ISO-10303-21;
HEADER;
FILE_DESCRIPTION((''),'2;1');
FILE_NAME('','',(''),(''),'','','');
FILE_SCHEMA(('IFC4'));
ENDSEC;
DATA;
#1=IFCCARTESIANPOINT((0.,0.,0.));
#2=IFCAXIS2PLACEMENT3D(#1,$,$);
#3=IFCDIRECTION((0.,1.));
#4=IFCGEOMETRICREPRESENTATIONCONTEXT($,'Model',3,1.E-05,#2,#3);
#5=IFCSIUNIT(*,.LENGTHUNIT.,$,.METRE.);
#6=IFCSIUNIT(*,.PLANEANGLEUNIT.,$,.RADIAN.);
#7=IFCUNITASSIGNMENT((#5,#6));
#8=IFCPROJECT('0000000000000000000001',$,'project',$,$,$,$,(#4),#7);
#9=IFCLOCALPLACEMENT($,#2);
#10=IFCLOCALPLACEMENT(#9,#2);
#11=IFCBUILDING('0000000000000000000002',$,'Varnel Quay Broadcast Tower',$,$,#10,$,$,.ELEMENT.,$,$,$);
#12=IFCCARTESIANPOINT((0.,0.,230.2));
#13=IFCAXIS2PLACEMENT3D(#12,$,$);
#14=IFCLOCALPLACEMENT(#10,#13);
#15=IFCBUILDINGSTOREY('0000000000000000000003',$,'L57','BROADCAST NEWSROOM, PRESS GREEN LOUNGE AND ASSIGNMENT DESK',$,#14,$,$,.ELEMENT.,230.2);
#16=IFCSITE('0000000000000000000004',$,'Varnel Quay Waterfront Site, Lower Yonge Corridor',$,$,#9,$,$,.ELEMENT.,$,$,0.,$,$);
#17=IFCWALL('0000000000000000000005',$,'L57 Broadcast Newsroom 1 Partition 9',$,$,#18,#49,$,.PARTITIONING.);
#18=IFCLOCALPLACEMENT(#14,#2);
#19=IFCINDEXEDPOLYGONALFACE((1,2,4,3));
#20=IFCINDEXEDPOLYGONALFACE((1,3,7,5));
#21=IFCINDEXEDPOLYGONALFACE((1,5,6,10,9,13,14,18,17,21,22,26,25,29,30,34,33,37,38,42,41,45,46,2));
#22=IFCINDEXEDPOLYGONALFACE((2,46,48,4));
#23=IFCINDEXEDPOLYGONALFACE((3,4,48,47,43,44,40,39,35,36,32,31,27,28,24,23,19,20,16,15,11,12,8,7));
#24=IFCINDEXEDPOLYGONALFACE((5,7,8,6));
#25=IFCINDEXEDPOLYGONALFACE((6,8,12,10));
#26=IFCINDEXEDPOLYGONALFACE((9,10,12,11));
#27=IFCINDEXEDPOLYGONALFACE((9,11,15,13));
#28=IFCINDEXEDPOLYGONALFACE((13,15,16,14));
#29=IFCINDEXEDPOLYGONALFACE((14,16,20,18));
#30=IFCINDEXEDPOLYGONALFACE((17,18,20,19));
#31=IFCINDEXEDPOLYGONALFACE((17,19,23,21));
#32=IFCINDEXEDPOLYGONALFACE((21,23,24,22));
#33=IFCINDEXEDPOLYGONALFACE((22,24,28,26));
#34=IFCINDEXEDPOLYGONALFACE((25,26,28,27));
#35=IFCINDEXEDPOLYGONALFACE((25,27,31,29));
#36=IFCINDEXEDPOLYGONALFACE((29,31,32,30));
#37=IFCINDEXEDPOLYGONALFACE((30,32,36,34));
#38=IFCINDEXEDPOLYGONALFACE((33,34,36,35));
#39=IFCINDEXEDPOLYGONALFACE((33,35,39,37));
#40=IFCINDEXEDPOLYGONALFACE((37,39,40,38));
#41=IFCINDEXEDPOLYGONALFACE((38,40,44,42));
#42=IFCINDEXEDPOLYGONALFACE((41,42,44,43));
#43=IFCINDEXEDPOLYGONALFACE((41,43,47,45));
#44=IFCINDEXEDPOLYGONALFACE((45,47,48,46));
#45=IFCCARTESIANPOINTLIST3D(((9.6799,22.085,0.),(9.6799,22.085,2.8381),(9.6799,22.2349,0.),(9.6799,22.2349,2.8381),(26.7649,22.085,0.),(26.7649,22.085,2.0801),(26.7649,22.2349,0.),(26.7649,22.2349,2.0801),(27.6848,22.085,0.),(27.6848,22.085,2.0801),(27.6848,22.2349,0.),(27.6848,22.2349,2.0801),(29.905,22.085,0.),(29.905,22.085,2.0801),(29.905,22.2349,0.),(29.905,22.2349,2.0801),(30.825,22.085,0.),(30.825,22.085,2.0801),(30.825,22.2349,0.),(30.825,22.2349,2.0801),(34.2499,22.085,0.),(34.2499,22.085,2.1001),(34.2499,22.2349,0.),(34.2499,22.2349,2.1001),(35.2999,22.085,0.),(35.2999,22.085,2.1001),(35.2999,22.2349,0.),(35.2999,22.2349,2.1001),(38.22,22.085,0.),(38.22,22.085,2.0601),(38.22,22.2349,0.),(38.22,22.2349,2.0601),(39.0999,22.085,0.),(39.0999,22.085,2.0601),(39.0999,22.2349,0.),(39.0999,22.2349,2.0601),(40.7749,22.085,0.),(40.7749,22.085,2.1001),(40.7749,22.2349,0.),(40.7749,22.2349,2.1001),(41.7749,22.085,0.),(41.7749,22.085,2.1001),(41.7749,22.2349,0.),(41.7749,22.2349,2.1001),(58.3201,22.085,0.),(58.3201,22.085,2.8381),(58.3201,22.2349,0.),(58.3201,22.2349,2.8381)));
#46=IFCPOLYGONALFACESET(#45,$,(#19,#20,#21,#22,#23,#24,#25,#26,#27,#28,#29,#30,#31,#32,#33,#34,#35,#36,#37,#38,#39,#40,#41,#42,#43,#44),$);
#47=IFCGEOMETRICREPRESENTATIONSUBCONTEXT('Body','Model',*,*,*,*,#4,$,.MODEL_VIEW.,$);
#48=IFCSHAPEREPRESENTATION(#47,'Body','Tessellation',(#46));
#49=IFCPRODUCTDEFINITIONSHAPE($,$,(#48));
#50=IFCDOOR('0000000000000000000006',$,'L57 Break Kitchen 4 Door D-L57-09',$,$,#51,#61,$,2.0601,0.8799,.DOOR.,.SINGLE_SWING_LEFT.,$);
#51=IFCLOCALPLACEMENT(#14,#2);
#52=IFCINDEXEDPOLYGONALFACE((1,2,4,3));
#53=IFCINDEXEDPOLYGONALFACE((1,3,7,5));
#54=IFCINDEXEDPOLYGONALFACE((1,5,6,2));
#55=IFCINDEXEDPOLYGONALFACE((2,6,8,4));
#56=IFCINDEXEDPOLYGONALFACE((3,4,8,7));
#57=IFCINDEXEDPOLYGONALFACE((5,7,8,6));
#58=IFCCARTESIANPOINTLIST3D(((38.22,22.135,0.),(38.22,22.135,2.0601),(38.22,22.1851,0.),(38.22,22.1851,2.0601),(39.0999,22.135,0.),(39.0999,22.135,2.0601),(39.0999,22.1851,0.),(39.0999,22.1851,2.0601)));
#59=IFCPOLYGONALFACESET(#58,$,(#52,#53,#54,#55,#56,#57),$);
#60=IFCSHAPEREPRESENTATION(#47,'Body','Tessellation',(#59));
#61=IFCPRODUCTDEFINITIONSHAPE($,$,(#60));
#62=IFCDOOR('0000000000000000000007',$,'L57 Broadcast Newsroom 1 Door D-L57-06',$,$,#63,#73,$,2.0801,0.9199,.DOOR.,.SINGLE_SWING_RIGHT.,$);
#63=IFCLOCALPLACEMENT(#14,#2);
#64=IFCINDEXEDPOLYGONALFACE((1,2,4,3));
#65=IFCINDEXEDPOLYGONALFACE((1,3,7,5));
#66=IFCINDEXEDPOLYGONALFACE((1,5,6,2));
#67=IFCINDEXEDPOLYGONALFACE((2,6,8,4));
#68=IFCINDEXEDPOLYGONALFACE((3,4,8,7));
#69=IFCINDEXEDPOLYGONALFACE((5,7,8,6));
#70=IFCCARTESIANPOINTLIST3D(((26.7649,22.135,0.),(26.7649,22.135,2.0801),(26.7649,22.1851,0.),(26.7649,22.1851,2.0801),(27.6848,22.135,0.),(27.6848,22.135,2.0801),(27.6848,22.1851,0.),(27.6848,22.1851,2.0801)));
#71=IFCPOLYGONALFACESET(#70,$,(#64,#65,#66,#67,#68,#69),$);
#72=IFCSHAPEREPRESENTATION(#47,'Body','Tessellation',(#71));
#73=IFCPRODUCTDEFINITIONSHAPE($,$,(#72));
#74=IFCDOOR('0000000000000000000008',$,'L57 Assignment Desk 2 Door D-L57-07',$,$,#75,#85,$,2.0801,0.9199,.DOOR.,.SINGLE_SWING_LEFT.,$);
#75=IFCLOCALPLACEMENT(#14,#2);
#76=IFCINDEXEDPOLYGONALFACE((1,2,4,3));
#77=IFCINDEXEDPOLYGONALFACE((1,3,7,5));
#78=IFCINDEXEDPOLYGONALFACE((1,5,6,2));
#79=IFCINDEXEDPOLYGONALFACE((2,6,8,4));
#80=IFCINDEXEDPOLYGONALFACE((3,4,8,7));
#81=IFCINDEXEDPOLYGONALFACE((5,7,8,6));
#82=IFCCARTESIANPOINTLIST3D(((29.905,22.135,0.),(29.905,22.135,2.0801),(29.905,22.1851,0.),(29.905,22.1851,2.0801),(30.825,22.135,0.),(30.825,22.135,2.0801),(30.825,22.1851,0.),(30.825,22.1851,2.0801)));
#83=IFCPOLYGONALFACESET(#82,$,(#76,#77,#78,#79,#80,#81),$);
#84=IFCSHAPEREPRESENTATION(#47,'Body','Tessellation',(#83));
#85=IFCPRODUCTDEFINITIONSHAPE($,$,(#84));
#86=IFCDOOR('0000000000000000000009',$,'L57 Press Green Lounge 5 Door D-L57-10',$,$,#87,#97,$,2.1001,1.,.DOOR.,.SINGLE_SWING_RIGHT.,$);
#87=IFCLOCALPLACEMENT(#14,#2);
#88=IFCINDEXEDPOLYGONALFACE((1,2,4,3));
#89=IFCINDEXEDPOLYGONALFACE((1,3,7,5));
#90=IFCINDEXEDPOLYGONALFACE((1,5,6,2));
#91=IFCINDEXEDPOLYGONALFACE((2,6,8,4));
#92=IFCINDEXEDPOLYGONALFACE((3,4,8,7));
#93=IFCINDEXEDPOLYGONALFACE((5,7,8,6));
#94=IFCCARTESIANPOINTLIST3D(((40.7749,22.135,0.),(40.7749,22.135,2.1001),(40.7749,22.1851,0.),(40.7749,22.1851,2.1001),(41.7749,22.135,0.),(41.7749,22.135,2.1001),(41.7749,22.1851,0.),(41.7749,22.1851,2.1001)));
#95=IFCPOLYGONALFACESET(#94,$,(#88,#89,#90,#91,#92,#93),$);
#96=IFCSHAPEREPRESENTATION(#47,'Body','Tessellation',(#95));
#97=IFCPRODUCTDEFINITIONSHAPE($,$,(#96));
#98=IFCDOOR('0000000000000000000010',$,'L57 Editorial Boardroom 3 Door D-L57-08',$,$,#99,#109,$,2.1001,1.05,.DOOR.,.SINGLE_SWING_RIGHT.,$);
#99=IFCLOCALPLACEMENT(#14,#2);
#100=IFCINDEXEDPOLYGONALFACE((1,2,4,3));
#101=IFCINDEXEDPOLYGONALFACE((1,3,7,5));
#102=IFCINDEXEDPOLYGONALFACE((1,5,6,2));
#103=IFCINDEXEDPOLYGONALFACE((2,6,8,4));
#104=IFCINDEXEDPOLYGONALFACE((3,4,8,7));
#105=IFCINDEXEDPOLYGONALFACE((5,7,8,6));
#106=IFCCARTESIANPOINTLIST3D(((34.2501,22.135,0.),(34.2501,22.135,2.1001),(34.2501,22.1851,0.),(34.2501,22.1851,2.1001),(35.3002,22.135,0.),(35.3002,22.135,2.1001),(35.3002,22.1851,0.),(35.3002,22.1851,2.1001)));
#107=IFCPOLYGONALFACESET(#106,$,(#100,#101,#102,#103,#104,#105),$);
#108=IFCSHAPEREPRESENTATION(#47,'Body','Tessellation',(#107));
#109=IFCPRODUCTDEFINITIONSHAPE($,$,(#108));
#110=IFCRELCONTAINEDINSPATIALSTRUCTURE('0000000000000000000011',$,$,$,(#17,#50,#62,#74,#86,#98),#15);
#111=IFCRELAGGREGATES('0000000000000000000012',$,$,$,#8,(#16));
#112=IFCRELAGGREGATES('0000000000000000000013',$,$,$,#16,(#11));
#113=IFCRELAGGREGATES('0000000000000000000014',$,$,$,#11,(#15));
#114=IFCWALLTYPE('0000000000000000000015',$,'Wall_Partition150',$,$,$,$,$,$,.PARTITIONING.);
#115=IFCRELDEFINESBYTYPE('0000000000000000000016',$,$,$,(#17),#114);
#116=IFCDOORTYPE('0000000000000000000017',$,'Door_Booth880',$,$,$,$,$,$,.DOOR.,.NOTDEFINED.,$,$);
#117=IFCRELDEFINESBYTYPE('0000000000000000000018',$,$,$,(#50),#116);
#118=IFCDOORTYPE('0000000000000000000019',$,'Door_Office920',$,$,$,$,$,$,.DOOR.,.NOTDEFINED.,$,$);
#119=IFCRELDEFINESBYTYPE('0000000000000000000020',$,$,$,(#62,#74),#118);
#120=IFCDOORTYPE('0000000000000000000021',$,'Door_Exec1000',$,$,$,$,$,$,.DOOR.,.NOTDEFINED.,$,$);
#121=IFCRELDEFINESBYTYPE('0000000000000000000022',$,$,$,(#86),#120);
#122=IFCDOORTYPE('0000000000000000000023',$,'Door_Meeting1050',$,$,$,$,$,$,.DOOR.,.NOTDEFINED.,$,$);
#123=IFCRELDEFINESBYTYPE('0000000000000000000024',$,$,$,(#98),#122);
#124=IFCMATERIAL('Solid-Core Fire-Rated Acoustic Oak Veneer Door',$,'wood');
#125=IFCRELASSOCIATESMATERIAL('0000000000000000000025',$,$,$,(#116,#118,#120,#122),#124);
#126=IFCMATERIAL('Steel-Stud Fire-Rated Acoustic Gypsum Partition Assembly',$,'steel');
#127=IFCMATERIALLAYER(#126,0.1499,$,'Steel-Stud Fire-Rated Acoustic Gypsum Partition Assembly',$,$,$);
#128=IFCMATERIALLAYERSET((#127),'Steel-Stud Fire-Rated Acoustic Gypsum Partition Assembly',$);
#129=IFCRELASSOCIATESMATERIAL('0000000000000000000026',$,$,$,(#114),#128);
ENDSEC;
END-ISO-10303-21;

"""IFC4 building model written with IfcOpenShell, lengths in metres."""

from ifc_helpers import new_model, si_unit, direction, frame, frame_2d, origin, place, context, subcontext, project, spatial, rectangle, extrude, source, transform, mapped, material, layer, layer_set, type_object, type_shapes, element, fill, save


model = new_model("IFC4")

# Units and contexts
model_context = context("Model", 3, precision=1e-05, world=origin(), true_north=direction((0.0, 1.0)))
body_context = subcontext(model_context, "Body", "Model", "MODEL_VIEW")
ifc_project = project(units=[si_unit("LENGTHUNIT", "METRE"), si_unit("PLANEANGLEUNIT", "RADIAN")], contexts=[model_context])

# Site, building, storey
site_placement = place(None, origin())
site = spatial("IfcSite", under=ifc_project, at=site_placement, Name="Varnel Quay Waterfront Site, Lower Yonge Corridor", CompositionType="ELEMENT", RefElevation=0.0)
building_placement = place(site_placement, origin())
building = spatial("IfcBuilding", under=site, at=building_placement, Name="Varnel Quay Broadcast Tower", CompositionType="ELEMENT")
storey_placement = place(building_placement, frame((0.0, 0.0, 230.2)))
storey = spatial("IfcBuildingStorey", under=building, at=storey_placement, Name="L57", Description="BROADCAST NEWSROOM, PRESS GREEN LOUNGE AND ASSIGNMENT DESK", CompositionType="ELEMENT", Elevation=230.2)

# Shared definitions
ifc_material_1 = material(Name="Steel-Stud Fire-Rated Acoustic Gypsum Partition Assembly", Category="steel")
ifc_material_2 = material(Name="Solid-Core Fire-Rated Acoustic Oak Veneer Door", Category="wood")
door_type_1 = type_object("IfcDoorType", Name="Door_Booth880", OperationType="NOTDEFINED", PredefinedType="DOOR", material=ifc_material_2)
shared_shape_1 = source(origin(), body_context, "Body", "SweptSolid", [
    extrude(rectangle(XDim=0.8799, YDim=2.0601, at=frame_2d((0.4399, 1.03))), frame((0.0, 0.0249, 0.0), z_axis=(0.0, -1.0, 0.0), x_axis=(1.0, 0.0, 0.0)), (0.0, 0.0, 1.0), 0.05),
])
type_shapes(door_type_1, [shared_shape_1])
door_type_2 = type_object("IfcDoorType", Name="Door_Office920", OperationType="NOTDEFINED", PredefinedType="DOOR", material=ifc_material_2)
shared_shape_2 = source(origin(), body_context, "Body", "SweptSolid", [
    extrude(rectangle(XDim=0.9199, YDim=2.0801, at=frame_2d((0.46, 1.04))), frame((0.0, 0.0249, 0.0), z_axis=(0.0, -1.0, 0.0), x_axis=(1.0, 0.0, 0.0)), (0.0, 0.0, 1.0), 0.05),
])
type_shapes(door_type_2, [shared_shape_2])

# Wall, openings, doors
ifc_layer_1 = layer(ifc_material_1, 0.1499, Name="Steel-Stud Fire-Rated Acoustic Gypsum Partition Assembly")
ifc_layer_set_1 = layer_set([ifc_layer_1], Name="Steel-Stud Fire-Rated Acoustic Gypsum Partition Assembly")
wall_type_1 = type_object("IfcWallType", Name="Wall_Partition150", PredefinedType="PARTITIONING", material=ifc_layer_set_1)
wall_1_placement = place(storey_placement, frame((9.6799, 22.1599, 0.0), z_axis=(0.0, 0.0, 1.0), x_axis=(1.0, 0.0, 0.0)))
wall_1 = element("IfcWall", 1, at=wall_1_placement, inside=storey, type_object=wall_type_1, Name="L57 Broadcast Newsroom 1 Partition 9", PredefinedType="PARTITIONING", context=body_context, shape_type="SweptSolid", body=[
    extrude(rectangle(XDim=48.6401, YDim=0.1499, at=frame_2d((24.3201, 0.0))), origin(), (0.0, 0.0, 1.0), 2.8381),
])
opening_1_placement = place(wall_1_placement, frame((17.085, 0.0, 0.0)))
opening_1 = element("IfcOpeningElement", 2, at=opening_1_placement, cuts=wall_1, PredefinedType="OPENING", context=body_context, shape_type="SweptSolid", body=[
    extrude(rectangle(XDim=0.9199, YDim=2.0801, at=frame_2d((0.46, 1.04))), frame((0.0, 0.085, 0.0), z_axis=(0.0, -1.0, 0.0), x_axis=(1.0, 0.0, 0.0)), (0.0, 0.0, 1.0), 0.1699),
])
opening_2_placement = place(wall_1_placement, frame((20.2251, 0.0, 0.0)))
opening_2 = element("IfcOpeningElement", 3, at=opening_2_placement, cuts=wall_1, PredefinedType="OPENING", context=body_context, shape_type="SweptSolid", body=[
    extrude(rectangle(XDim=0.9199, YDim=2.0801, at=frame_2d((0.46, 1.04))), frame((0.0, 0.085, 0.0), z_axis=(0.0, -1.0, 0.0), x_axis=(1.0, 0.0, 0.0)), (0.0, 0.0, 1.0), 0.1699),
])
opening_3_placement = place(wall_1_placement, frame((24.5701, 0.0, 0.0)))
opening_3 = element("IfcOpeningElement", 4, at=opening_3_placement, cuts=wall_1, PredefinedType="OPENING", context=body_context, shape_type="SweptSolid", body=[
    extrude(rectangle(XDim=1.05, YDim=2.1001, at=frame_2d((0.5249, 1.05))), frame((0.0, 0.085, 0.0), z_axis=(0.0, -1.0, 0.0), x_axis=(1.0, 0.0, 0.0)), (0.0, 0.0, 1.0), 0.1699),
])
opening_4_placement = place(wall_1_placement, frame((28.54, 0.0, 0.0)))
opening_4 = element("IfcOpeningElement", 5, at=opening_4_placement, cuts=wall_1, PredefinedType="OPENING", context=body_context, shape_type="SweptSolid", body=[
    extrude(rectangle(XDim=0.8799, YDim=2.0601, at=frame_2d((0.4399, 1.03))), frame((0.0, 0.085, 0.0), z_axis=(0.0, -1.0, 0.0), x_axis=(1.0, 0.0, 0.0)), (0.0, 0.0, 1.0), 0.1699),
])
opening_5_placement = place(wall_1_placement, frame((31.095, 0.0, 0.0)))
opening_5 = element("IfcOpeningElement", 6, at=opening_5_placement, cuts=wall_1, PredefinedType="OPENING", context=body_context, shape_type="SweptSolid", body=[
    extrude(rectangle(XDim=1.0, YDim=2.1001, at=frame_2d((0.5, 1.05))), frame((0.0, 0.085, 0.0), z_axis=(0.0, -1.0, 0.0), x_axis=(1.0, 0.0, 0.0)), (0.0, 0.0, 1.0), 0.1699),
])
door_1_placement = place(opening_4_placement, frame((0.8799, 0.0, 0.0), z_axis=(0.0, 0.0, 1.0), x_axis=(-1.0, 0.0, 0.0)))
door_1 = element("IfcDoor", 7, at=door_1_placement, inside=storey, type_object=door_type_1, Name="L57 Break Kitchen 4 Door D-L57-09", OperationType="SINGLE_SWING_LEFT", OverallHeight=2.0601, OverallWidth=0.8799, PredefinedType="DOOR", context=body_context, shape_type="MappedRepresentation", body=[
    mapped(shared_shape_1, transform((0.0, 0.0, 0.0), x_axis=(1.0, 0.0, 0.0), y_axis=(0.0, 1.0, 0.0), z_axis=(0.0, 0.0, 1.0), scale=1.0)),
])
fill(opening_4, door_1)
door_2_placement = place(opening_1_placement, frame((0.9199, 0.0, 0.0), z_axis=(0.0, 0.0, 1.0), x_axis=(-1.0, 0.0, 0.0)))
door_2 = element("IfcDoor", 8, at=door_2_placement, inside=storey, type_object=door_type_2, Name="L57 Broadcast Newsroom 1 Door D-L57-06", OperationType="SINGLE_SWING_RIGHT", OverallHeight=2.0801, OverallWidth=0.9199, PredefinedType="DOOR", context=body_context, shape_type="MappedRepresentation", body=[
    mapped(shared_shape_2, transform((0.0, 0.0, 0.0), x_axis=(1.0, 0.0, 0.0), y_axis=(0.0, 1.0, 0.0), z_axis=(0.0, 0.0, 1.0), scale=1.0)),
])
fill(opening_1, door_2)
door_3_placement = place(opening_2_placement, frame((0.9199, 0.0, 0.0), z_axis=(0.0, 0.0, 1.0), x_axis=(-1.0, 0.0, 0.0)))
door_3 = element("IfcDoor", 9, at=door_3_placement, inside=storey, type_object=door_type_2, Name="L57 Assignment Desk 2 Door D-L57-07", OperationType="SINGLE_SWING_LEFT", OverallHeight=2.0801, OverallWidth=0.9199, PredefinedType="DOOR", context=body_context, shape_type="MappedRepresentation", body=[
    mapped(shared_shape_2, transform((0.0, 0.0, 0.0), x_axis=(1.0, 0.0, 0.0), y_axis=(0.0, 1.0, 0.0), z_axis=(0.0, 0.0, 1.0), scale=1.0)),
])
fill(opening_2, door_3)
door_type_3 = type_object("IfcDoorType", Name="Door_Exec1000", OperationType="NOTDEFINED", PredefinedType="DOOR", material=ifc_material_2)
shared_shape_3 = source(origin(), body_context, "Body", "SweptSolid", [
    extrude(rectangle(XDim=1.0, YDim=2.1001, at=frame_2d((0.5, 1.05))), frame((0.0, 0.0249, 0.0), z_axis=(0.0, -1.0, 0.0), x_axis=(1.0, 0.0, 0.0)), (0.0, 0.0, 1.0), 0.05),
])
type_shapes(door_type_3, [shared_shape_3])
door_4_placement = place(opening_5_placement, frame((1.0, 0.0, 0.0), z_axis=(0.0, 0.0, 1.0), x_axis=(-1.0, 0.0, 0.0)))
door_4 = element("IfcDoor", 10, at=door_4_placement, inside=storey, type_object=door_type_3, Name="L57 Press Green Lounge 5 Door D-L57-10", OperationType="SINGLE_SWING_RIGHT", OverallHeight=2.1001, OverallWidth=1.0, PredefinedType="DOOR", context=body_context, shape_type="MappedRepresentation", body=[
    mapped(shared_shape_3, transform((0.0, 0.0, 0.0), x_axis=(1.0, 0.0, 0.0), y_axis=(0.0, 1.0, 0.0), z_axis=(0.0, 0.0, 1.0), scale=1.0)),
])
fill(opening_5, door_4)
door_type_4 = type_object("IfcDoorType", Name="Door_Meeting1050", OperationType="NOTDEFINED", PredefinedType="DOOR", material=ifc_material_2)
shared_shape_4 = source(origin(), body_context, "Body", "SweptSolid", [
    extrude(rectangle(XDim=1.05, YDim=2.1001, at=frame_2d((0.5249, 1.05))), frame((0.0, 0.0249, 0.0), z_axis=(0.0, -1.0, 0.0), x_axis=(1.0, 0.0, 0.0)), (0.0, 0.0, 1.0), 0.05),
])
type_shapes(door_type_4, [shared_shape_4])
door_5_placement = place(opening_3_placement, frame((1.05, 0.0, 0.0), z_axis=(0.0, 0.0, 1.0), x_axis=(-1.0, 0.0, 0.0)))
door_5 = element("IfcDoor", 11, at=door_5_placement, inside=storey, type_object=door_type_4, Name="L57 Editorial Boardroom 3 Door D-L57-08", OperationType="SINGLE_SWING_RIGHT", OverallHeight=2.1001, OverallWidth=1.05, PredefinedType="DOOR", context=body_context, shape_type="MappedRepresentation", body=[
    mapped(shared_shape_4, transform((0.0, 0.0, 0.0), x_axis=(1.0, 0.0, 0.0), y_axis=(0.0, 1.0, 0.0), z_axis=(0.0, 0.0, 1.0), scale=1.0)),
])
fill(opening_3, door_5)

save(model, "model.ifc")
